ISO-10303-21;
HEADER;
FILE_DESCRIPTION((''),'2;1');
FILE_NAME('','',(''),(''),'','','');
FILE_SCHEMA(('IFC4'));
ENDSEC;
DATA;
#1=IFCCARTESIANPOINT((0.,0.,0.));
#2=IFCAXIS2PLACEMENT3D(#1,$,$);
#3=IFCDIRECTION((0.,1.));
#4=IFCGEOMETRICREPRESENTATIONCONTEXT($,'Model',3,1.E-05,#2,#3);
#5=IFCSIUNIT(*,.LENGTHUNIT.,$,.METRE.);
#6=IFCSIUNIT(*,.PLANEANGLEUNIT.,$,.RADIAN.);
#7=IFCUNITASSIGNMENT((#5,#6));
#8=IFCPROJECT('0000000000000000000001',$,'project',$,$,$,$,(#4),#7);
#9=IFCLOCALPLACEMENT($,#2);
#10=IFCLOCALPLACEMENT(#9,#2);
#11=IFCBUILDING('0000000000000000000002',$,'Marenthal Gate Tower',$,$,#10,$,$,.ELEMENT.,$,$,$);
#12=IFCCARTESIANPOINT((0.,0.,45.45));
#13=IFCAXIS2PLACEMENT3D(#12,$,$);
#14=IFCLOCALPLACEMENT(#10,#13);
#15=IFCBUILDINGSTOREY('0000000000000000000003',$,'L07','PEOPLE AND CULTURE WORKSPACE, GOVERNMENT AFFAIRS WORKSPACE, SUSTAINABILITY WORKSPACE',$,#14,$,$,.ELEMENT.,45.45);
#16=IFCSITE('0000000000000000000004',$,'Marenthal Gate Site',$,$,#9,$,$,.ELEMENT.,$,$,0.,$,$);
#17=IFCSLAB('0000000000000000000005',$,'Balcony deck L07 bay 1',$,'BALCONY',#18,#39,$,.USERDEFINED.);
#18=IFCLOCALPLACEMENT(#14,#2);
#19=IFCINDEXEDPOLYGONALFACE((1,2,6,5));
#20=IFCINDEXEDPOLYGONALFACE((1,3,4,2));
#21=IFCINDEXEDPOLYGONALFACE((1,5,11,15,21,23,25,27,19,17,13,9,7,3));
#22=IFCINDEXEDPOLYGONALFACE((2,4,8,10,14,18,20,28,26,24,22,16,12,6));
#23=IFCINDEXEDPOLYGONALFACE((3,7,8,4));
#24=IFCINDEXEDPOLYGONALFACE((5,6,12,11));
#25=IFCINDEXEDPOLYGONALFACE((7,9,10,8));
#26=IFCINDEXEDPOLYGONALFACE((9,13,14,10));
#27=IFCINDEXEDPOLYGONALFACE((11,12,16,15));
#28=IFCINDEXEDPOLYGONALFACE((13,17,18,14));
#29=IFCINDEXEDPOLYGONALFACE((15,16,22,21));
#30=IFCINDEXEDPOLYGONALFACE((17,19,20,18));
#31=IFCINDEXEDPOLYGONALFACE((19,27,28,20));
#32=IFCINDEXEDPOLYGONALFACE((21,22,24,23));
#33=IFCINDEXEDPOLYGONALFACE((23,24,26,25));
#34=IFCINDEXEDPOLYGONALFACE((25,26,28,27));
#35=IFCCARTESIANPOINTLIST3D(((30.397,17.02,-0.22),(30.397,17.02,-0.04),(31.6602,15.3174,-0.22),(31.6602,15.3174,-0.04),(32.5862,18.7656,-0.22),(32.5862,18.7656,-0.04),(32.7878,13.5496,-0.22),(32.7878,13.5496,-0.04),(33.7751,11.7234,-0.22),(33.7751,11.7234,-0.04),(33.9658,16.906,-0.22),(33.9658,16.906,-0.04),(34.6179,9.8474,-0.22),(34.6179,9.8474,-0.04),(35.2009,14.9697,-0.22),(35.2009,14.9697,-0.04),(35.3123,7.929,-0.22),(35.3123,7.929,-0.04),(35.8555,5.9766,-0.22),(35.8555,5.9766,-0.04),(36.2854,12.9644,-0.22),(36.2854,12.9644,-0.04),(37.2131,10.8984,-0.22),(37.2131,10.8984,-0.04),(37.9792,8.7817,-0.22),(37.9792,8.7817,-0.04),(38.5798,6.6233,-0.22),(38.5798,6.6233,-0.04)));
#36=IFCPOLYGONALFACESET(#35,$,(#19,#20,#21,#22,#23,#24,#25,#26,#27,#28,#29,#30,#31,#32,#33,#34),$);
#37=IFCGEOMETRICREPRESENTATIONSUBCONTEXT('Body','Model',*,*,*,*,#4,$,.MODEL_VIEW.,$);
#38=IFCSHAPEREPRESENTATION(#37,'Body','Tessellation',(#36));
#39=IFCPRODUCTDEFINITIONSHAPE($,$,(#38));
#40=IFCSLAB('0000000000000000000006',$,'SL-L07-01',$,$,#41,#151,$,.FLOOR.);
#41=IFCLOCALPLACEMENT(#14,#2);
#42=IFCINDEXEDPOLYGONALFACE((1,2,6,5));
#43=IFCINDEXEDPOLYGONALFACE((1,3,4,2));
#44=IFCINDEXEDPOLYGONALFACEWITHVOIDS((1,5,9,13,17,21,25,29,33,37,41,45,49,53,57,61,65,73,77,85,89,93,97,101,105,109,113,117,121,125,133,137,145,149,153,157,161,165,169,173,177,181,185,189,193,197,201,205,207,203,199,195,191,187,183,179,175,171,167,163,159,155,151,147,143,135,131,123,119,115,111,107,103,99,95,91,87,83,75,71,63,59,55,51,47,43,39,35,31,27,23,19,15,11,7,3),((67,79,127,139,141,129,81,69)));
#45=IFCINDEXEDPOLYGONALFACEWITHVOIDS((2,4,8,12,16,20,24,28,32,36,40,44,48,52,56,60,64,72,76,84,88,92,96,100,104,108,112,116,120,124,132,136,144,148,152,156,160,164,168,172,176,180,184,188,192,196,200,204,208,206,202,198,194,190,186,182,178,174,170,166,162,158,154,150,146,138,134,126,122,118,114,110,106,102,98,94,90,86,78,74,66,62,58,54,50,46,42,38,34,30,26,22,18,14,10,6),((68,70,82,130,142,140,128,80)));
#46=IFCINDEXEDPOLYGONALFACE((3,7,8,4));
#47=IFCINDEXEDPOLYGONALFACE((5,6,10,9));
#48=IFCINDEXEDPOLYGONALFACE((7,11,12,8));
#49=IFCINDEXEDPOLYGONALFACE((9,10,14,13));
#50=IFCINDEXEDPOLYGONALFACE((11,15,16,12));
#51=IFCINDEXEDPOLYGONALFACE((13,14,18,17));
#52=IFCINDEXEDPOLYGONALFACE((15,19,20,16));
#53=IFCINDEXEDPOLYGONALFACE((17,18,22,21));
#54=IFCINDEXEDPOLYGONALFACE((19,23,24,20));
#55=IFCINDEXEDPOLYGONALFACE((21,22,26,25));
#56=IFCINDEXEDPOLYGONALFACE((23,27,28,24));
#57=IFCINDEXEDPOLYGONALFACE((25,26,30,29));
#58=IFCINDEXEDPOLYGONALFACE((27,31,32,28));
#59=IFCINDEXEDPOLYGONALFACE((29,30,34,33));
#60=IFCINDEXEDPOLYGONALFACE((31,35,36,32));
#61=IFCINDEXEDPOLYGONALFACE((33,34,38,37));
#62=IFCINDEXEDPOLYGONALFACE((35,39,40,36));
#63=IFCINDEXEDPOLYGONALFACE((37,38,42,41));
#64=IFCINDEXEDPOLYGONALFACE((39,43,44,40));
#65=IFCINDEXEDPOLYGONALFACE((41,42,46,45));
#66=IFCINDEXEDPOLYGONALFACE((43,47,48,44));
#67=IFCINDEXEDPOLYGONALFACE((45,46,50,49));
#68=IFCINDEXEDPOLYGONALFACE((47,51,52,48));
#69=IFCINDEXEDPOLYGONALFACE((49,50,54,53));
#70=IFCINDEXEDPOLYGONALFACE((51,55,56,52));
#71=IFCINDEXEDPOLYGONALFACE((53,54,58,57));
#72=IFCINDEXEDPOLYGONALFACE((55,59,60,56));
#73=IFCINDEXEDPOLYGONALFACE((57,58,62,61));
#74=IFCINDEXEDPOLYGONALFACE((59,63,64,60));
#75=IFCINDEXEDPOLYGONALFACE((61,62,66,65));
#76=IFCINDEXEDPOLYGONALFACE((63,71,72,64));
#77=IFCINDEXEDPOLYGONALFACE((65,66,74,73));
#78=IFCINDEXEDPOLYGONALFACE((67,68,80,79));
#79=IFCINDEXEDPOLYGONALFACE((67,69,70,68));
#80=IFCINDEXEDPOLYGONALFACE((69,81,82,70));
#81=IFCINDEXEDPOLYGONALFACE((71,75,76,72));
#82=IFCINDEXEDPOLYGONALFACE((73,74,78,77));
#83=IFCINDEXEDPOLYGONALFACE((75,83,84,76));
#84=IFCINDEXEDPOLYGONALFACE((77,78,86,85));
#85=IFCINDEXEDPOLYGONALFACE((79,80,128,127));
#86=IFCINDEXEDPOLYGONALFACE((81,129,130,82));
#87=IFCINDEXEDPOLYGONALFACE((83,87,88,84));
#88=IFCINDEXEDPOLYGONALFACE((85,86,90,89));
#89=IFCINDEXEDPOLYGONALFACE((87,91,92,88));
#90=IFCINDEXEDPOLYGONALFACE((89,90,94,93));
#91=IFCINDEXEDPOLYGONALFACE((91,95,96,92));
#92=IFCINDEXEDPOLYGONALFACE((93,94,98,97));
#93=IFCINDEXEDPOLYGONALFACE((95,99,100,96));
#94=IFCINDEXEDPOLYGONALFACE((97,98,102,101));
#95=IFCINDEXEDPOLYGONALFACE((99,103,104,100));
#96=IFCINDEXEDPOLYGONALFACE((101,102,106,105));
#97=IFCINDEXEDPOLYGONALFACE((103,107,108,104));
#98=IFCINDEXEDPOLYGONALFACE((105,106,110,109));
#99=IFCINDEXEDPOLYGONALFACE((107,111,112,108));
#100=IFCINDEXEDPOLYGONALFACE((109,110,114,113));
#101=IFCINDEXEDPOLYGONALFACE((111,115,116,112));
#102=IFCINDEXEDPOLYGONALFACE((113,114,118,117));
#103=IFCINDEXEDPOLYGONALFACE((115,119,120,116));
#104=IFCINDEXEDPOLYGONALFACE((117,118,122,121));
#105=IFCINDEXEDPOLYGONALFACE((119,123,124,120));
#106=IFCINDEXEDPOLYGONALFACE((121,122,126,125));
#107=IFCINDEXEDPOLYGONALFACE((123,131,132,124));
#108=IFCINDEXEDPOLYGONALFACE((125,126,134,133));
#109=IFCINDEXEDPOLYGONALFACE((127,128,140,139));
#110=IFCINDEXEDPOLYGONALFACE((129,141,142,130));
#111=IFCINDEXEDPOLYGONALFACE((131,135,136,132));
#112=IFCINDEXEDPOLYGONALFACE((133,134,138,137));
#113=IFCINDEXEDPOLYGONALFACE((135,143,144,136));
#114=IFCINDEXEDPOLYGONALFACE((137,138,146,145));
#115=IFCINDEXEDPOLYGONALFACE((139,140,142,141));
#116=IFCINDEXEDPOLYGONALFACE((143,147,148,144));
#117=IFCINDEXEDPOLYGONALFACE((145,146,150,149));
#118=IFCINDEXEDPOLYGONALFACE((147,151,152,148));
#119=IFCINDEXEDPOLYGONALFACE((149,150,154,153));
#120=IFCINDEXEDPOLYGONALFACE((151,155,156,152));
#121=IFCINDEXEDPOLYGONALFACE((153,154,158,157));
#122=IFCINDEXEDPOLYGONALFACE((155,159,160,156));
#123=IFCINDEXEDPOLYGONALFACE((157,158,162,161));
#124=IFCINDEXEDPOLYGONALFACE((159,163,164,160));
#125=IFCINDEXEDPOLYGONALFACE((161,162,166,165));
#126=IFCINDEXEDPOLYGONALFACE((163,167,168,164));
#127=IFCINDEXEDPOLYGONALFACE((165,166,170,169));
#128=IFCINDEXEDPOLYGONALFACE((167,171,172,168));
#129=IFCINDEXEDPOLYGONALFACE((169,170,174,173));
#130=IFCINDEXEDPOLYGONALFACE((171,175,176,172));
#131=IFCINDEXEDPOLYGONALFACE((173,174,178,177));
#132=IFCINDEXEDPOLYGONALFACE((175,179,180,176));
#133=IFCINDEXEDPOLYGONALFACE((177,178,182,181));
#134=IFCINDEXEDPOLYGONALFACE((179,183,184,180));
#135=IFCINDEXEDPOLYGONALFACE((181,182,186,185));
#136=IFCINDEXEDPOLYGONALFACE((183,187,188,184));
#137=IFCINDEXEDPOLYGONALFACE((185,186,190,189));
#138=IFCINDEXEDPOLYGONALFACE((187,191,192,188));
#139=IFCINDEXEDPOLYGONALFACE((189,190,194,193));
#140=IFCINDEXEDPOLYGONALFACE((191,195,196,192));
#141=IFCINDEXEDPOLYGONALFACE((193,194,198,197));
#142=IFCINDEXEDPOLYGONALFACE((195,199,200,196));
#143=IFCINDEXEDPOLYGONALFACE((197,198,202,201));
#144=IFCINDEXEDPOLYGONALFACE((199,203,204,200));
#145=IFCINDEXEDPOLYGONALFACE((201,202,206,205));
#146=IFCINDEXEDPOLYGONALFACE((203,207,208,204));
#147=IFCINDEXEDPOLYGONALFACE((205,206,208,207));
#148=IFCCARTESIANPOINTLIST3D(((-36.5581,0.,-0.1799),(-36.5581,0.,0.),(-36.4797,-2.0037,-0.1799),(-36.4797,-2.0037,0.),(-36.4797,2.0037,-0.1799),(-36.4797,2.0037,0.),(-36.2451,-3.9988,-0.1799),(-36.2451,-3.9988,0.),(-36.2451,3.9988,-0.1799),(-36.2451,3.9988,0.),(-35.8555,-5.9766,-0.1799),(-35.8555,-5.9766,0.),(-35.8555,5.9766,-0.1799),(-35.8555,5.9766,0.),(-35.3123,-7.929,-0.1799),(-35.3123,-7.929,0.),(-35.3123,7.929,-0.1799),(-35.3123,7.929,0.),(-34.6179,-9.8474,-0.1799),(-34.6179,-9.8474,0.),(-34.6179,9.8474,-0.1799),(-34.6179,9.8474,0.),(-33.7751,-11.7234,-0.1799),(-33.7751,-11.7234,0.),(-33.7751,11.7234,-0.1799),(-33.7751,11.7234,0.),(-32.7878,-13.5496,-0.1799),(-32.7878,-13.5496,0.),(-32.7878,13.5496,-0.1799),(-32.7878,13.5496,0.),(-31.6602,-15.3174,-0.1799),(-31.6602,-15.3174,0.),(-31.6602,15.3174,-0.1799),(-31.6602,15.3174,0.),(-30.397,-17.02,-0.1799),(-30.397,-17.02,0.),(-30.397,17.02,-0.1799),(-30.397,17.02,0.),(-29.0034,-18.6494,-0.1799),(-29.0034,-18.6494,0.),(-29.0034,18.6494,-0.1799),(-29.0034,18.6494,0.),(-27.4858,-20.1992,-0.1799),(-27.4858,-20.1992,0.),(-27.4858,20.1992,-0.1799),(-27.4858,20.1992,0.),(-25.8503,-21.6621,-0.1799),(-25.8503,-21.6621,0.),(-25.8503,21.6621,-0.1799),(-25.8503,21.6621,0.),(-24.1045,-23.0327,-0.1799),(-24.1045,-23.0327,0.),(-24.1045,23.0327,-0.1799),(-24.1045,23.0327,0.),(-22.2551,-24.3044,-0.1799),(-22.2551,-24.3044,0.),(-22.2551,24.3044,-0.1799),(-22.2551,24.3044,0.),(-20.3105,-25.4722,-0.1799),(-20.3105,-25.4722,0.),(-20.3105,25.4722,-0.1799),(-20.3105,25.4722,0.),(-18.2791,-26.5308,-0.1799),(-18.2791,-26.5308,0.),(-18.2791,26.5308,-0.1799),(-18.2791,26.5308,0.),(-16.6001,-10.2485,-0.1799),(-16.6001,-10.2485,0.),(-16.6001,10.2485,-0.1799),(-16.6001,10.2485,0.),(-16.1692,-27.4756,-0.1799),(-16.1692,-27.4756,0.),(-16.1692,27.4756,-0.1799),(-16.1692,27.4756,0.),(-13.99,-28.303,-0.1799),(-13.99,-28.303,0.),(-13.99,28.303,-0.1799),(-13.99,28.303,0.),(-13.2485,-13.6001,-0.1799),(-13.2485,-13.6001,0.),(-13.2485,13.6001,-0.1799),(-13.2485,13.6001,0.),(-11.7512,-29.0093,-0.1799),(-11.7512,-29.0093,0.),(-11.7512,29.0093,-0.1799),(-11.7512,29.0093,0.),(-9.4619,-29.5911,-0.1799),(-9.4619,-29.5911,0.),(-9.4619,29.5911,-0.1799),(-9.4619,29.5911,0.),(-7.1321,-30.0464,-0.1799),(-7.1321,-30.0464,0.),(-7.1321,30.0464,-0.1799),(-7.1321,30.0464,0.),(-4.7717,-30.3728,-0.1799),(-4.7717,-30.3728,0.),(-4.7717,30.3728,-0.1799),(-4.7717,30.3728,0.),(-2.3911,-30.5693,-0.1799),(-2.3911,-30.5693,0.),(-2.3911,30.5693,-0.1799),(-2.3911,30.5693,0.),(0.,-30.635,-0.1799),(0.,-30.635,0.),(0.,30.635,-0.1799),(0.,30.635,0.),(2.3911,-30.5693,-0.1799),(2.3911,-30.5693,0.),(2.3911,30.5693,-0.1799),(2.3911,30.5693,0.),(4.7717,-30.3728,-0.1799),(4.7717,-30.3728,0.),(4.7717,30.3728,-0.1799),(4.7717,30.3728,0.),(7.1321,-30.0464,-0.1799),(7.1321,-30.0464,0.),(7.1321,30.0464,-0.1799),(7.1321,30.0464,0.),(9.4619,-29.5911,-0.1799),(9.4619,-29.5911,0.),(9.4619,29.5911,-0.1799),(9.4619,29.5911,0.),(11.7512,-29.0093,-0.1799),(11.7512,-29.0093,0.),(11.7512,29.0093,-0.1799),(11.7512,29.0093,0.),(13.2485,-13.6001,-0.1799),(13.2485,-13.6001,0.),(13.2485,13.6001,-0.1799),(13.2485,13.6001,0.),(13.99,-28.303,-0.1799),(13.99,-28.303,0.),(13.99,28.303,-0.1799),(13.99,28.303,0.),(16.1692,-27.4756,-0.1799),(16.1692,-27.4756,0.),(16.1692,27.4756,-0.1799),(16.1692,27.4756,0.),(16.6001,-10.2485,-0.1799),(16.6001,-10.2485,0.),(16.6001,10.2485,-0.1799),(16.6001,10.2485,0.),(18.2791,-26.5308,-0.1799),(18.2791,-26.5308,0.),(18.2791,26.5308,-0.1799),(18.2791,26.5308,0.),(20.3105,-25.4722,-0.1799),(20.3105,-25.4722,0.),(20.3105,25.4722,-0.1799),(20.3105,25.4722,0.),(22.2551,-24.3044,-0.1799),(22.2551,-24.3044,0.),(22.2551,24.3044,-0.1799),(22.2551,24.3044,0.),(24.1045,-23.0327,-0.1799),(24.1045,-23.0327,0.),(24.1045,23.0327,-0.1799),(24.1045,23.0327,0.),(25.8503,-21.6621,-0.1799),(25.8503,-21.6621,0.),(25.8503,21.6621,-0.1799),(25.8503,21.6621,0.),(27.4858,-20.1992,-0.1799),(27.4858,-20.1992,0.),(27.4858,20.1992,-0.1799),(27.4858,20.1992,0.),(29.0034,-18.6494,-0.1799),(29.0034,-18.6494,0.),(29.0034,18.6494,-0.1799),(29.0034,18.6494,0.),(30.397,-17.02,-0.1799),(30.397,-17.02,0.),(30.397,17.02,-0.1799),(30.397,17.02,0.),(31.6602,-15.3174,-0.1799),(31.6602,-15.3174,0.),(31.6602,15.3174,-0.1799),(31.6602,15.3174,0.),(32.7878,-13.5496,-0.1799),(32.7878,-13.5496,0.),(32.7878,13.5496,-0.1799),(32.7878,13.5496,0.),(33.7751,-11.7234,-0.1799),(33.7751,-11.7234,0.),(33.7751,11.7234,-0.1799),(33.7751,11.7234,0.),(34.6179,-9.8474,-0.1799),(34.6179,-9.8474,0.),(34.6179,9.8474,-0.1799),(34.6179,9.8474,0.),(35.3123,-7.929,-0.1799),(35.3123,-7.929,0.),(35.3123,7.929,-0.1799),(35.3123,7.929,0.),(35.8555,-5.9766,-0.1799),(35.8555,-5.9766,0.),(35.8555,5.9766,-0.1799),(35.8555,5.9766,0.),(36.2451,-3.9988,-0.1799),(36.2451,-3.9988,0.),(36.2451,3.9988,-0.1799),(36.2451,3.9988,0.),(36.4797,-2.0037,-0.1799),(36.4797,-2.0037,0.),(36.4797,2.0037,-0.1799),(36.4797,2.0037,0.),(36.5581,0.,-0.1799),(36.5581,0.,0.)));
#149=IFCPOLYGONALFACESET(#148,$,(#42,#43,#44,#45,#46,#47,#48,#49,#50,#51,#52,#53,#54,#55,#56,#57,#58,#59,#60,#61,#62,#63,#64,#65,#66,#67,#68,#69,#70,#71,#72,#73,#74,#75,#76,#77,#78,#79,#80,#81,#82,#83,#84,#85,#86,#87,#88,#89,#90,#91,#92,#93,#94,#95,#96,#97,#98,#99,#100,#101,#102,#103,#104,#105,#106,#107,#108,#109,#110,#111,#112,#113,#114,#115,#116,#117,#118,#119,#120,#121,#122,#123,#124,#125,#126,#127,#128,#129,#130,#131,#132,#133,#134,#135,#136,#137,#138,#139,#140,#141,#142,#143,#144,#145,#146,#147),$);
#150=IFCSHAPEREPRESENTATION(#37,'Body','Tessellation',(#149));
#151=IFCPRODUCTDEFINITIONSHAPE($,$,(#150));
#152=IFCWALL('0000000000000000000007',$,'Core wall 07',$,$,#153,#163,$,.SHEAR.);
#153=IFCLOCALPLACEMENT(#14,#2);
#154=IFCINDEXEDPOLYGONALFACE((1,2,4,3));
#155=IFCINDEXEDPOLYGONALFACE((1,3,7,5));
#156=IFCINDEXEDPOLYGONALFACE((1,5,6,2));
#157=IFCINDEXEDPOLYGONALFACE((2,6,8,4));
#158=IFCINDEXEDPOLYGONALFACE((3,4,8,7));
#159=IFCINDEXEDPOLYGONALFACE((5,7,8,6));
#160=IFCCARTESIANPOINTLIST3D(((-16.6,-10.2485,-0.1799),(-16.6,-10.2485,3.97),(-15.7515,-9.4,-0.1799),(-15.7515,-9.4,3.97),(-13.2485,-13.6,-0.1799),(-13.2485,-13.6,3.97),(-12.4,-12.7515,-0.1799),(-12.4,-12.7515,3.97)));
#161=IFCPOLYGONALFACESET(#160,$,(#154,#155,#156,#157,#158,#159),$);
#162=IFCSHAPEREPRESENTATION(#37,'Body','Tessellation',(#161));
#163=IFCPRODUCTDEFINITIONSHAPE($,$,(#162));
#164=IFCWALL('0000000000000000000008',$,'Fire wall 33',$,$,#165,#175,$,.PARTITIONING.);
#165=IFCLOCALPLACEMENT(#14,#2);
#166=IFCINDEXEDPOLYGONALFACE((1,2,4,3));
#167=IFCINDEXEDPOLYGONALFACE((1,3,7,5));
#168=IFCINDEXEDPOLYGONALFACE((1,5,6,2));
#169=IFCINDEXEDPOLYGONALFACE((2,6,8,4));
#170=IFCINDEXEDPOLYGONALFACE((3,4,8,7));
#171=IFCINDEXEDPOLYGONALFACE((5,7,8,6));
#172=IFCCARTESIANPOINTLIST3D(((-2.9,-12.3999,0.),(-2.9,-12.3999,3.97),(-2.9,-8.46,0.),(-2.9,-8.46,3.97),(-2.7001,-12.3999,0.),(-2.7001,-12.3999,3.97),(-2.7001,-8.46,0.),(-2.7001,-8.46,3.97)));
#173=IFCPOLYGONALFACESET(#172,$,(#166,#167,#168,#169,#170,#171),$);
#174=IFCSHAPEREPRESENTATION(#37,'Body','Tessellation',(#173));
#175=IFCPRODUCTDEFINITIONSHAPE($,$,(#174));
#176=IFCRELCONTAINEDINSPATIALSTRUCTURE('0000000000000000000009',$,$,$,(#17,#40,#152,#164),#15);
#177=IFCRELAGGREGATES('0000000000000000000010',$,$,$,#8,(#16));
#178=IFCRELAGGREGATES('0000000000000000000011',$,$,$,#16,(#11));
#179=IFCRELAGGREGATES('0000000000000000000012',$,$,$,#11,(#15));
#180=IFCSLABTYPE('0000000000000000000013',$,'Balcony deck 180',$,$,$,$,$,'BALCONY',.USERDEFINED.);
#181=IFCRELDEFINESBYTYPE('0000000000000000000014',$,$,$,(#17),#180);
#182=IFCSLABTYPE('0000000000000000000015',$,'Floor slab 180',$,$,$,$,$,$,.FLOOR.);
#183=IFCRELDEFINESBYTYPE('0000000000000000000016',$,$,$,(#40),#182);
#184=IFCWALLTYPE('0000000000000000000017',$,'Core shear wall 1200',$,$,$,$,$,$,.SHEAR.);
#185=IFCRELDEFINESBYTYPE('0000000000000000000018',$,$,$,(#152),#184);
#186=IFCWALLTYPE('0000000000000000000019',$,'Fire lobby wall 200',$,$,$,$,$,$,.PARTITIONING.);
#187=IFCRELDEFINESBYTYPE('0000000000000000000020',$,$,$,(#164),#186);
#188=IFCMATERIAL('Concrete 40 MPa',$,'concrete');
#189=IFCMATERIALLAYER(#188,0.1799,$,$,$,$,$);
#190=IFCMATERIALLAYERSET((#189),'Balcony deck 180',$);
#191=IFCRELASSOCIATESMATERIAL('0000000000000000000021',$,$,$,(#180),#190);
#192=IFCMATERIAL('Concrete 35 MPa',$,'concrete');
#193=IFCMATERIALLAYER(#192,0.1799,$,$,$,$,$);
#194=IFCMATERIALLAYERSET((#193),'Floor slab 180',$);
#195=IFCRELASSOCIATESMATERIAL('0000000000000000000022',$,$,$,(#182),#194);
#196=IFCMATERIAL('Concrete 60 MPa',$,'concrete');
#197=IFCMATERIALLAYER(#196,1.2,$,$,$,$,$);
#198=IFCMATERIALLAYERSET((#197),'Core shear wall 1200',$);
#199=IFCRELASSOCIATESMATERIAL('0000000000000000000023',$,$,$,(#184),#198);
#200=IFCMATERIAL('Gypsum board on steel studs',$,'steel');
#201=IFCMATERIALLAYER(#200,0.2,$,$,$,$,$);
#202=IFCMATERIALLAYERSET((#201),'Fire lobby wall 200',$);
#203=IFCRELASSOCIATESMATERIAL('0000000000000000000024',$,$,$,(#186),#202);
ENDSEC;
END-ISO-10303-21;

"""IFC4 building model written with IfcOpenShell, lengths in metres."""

from ifc_helpers import new_model, si_unit, direction, frame, frame_2d, origin, place, context, subcontext, project, spatial, polyline, rectangle, outline, extrude, material, layer, layer_set, type_object, element, save


model = new_model("IFC4")

# Units and contexts
model_context = context("Model", 3, precision=1e-05, world=origin(), true_north=direction((0.0, 1.0)))
body_context = subcontext(model_context, "Body", "Model", "MODEL_VIEW")
ifc_project = project(units=[si_unit("LENGTHUNIT", "METRE"), si_unit("PLANEANGLEUNIT", "RADIAN")], contexts=[model_context])

# Site, building, storey
site_placement = place(None, origin())
site = spatial("IfcSite", under=ifc_project, at=site_placement, Name="Marenthal Gate Site", CompositionType="ELEMENT", RefElevation=0.0)
building_placement = place(site_placement, origin())
building = spatial("IfcBuilding", under=site, at=building_placement, Name="Marenthal Gate Tower", CompositionType="ELEMENT")
storey_placement = place(building_placement, frame((0.0, 0.0, 45.45)))
storey = spatial("IfcBuildingStorey", under=building, at=storey_placement, Name="L07", Description="PEOPLE AND CULTURE WORKSPACE, GOVERNMENT AFFAIRS WORKSPACE, SUSTAINABILITY WORKSPACE", CompositionType="ELEMENT", Elevation=45.45)

# Slabs
ifc_material_1 = material(Name="Concrete 40 MPa", Category="concrete")
ifc_layer_1 = layer(ifc_material_1, 0.1799)
ifc_layer_set_1 = layer_set([ifc_layer_1], Name="Balcony deck 180")
slab_type_1 = type_object("IfcSlabType", Name="Balcony deck 180", ElementType="BALCONY", PredefinedType="USERDEFINED", material=ifc_layer_set_1)
slab_1_placement = place(storey_placement, frame((0.0, 0.0, -0.22)))
element("IfcSlab", 1, at=slab_1_placement, inside=storey, type_object=slab_type_1, Name="Balcony deck L07 bay 1", ObjectType="BALCONY", PredefinedType="USERDEFINED", context=body_context, shape_type="SweptSolid", body=[
    extrude(outline(polyline([(35.8555, 5.9766), (35.3123, 7.929), (34.6179, 9.8474), (33.7751, 11.7234), (32.7878, 13.5496), (31.6602, 15.3174), (30.397, 17.02), (32.5862, 18.7656), (33.9658, 16.906), (35.2009, 14.9697), (36.2854, 12.9644), (37.2131, 10.8984), (37.9792, 8.7817), (38.5798, 6.6233), (35.8555, 5.9766)])), origin(), (0.0, 0.0, 1.0), 0.1799),
])
ifc_material_2 = material(Name="Concrete 35 MPa", Category="concrete")
ifc_layer_2 = layer(ifc_material_2, 0.1799)
ifc_layer_set_2 = layer_set([ifc_layer_2], Name="Floor slab 180")
slab_type_2 = type_object("IfcSlabType", Name="Floor slab 180", PredefinedType="FLOOR", material=ifc_layer_set_2)
slab_2_placement = place(storey_placement, frame((0.0, 0.0, -0.1799)))
element("IfcSlab", 2, at=slab_2_placement, inside=storey, type_object=slab_type_2, Name="SL-L07-01", PredefinedType="FLOOR", context=body_context, shape_type="SweptSolid", body=[
    extrude(outline(polyline([(36.5581, 0.0), (36.4797, 2.0037), (36.2451, 3.9988), (35.8555, 5.9766), (35.3123, 7.929), (34.6179, 9.8474), (33.7751, 11.7234), (32.7878, 13.5496), (31.6602, 15.3174), (30.397, 17.02), (29.0034, 18.6494), (27.4858, 20.1992), (25.8503, 21.6621), (24.1045, 23.0327), (22.2551, 24.3044), (20.3105, 25.4722), (18.2791, 26.5308), (16.1692, 27.4756), (13.99, 28.303), (11.7512, 29.0093), (9.4619, 29.5911), (7.1321, 30.0464), (4.7717, 30.3728), (2.3911, 30.5693), (0.0, 30.635), (-2.3911, 30.5693), (-4.7717, 30.3728), (-7.1321, 30.0464), (-9.4619, 29.5911), (-11.7512, 29.0093), (-13.99, 28.303), (-16.1692, 27.4756), (-18.2791, 26.5308), (-20.3105, 25.4722), (-22.2551, 24.3044), (-24.1045, 23.0327), (-25.8503, 21.6621), (-27.4858, 20.1992), (-29.0034, 18.6494), (-30.397, 17.02), (-31.6602, 15.3174), (-32.7878, 13.5496), (-33.7751, 11.7234), (-34.6179, 9.8474), (-35.3123, 7.929), (-35.8555, 5.9766), (-36.2451, 3.9988), (-36.4797, 2.0037), (-36.5581, 0.0), (-36.4797, -2.0037), (-36.2451, -3.9988), (-35.8555, -5.9766), (-35.3123, -7.929), (-34.6179, -9.8474), (-33.7751, -11.7234), (-32.7878, -13.5496), (-31.6602, -15.3174), (-30.397, -17.02), (-29.0034, -18.6494), (-27.4858, -20.1992), (-25.8503, -21.6621), (-24.1045, -23.0327), (-22.2551, -24.3044), (-20.3105, -25.4722), (-18.2791, -26.5308), (-16.1692, -27.4756), (-13.99, -28.303), (-11.7512, -29.0093), (-9.4619, -29.5911), (-7.1321, -30.0464), (-4.7717, -30.3728), (-2.3911, -30.5693), (0.0, -30.635), (2.3911, -30.5693), (4.7717, -30.3728), (7.1321, -30.0464), (9.4619, -29.5911), (11.7512, -29.0093), (13.99, -28.303), (16.1692, -27.4756), (18.2791, -26.5308), (20.3105, -25.4722), (22.2551, -24.3044), (24.1045, -23.0327), (25.8503, -21.6621), (27.4858, -20.1992), (29.0034, -18.6494), (30.397, -17.02), (31.6602, -15.3174), (32.7878, -13.5496), (33.7751, -11.7234), (34.6179, -9.8474), (35.3123, -7.929), (35.8555, -5.9766), (36.2451, -3.9988), (36.4797, -2.0037), (36.5581, 0.0)]), holes=[polyline([(13.2485, -13.6001), (16.6001, -10.2485), (16.6001, 10.2485), (13.2485, 13.6001), (-13.2485, 13.6001), (-16.6001, 10.2485), (-16.6001, -10.2485), (-13.2485, -13.6001), (13.2485, -13.6001)])]), origin(), (0.0, 0.0, 1.0), 0.1799),
])

# Walls
ifc_material_3 = material(Name="Concrete 60 MPa", Category="concrete")
ifc_layer_3 = layer(ifc_material_3, 1.2)
ifc_layer_set_3 = layer_set([ifc_layer_3], Name="Core shear wall 1200")
wall_type_1 = type_object("IfcWallType", Name="Core shear wall 1200", PredefinedType="SHEAR", material=ifc_layer_set_3)
wall_1_placement = place(storey_placement, frame((-16.1758, -9.8242, -0.1799), z_axis=(0.0, 0.0, 1.0), x_axis=(0.707107, -0.707107, 0.0)))
element("IfcWall", 3, at=wall_1_placement, inside=storey, type_object=wall_type_1, Name="Core wall 07", PredefinedType="SHEAR", context=body_context, shape_type="SweptSolid", body=[
    extrude(rectangle(XDim=4.7397, YDim=1.2, at=frame_2d((2.3699, 0.0))), origin(), (0.0, 0.0, 1.0), 4.1499),
])
ifc_material_4 = material(Name="Gypsum board on steel studs", Category="steel")
ifc_layer_4 = layer(ifc_material_4, 0.2)
ifc_layer_set_4 = layer_set([ifc_layer_4], Name="Fire lobby wall 200")
wall_type_2 = type_object("IfcWallType", Name="Fire lobby wall 200", PredefinedType="PARTITIONING", material=ifc_layer_set_4)
wall_2_placement = place(storey_placement, frame((-2.8, -12.3999, 0.0), z_axis=(0.0, 0.0, 1.0), x_axis=(0.0, 1.0, 0.0)))
element("IfcWall", 4, at=wall_2_placement, inside=storey, type_object=wall_type_2, Name="Fire wall 33", PredefinedType="PARTITIONING", context=body_context, shape_type="SweptSolid", body=[
    extrude(rectangle(XDim=3.9399, YDim=0.2, at=frame_2d((1.97, 0.0))), origin(), (0.0, 0.0, 1.0), 3.97),
])

save(model, "model.ifc")
